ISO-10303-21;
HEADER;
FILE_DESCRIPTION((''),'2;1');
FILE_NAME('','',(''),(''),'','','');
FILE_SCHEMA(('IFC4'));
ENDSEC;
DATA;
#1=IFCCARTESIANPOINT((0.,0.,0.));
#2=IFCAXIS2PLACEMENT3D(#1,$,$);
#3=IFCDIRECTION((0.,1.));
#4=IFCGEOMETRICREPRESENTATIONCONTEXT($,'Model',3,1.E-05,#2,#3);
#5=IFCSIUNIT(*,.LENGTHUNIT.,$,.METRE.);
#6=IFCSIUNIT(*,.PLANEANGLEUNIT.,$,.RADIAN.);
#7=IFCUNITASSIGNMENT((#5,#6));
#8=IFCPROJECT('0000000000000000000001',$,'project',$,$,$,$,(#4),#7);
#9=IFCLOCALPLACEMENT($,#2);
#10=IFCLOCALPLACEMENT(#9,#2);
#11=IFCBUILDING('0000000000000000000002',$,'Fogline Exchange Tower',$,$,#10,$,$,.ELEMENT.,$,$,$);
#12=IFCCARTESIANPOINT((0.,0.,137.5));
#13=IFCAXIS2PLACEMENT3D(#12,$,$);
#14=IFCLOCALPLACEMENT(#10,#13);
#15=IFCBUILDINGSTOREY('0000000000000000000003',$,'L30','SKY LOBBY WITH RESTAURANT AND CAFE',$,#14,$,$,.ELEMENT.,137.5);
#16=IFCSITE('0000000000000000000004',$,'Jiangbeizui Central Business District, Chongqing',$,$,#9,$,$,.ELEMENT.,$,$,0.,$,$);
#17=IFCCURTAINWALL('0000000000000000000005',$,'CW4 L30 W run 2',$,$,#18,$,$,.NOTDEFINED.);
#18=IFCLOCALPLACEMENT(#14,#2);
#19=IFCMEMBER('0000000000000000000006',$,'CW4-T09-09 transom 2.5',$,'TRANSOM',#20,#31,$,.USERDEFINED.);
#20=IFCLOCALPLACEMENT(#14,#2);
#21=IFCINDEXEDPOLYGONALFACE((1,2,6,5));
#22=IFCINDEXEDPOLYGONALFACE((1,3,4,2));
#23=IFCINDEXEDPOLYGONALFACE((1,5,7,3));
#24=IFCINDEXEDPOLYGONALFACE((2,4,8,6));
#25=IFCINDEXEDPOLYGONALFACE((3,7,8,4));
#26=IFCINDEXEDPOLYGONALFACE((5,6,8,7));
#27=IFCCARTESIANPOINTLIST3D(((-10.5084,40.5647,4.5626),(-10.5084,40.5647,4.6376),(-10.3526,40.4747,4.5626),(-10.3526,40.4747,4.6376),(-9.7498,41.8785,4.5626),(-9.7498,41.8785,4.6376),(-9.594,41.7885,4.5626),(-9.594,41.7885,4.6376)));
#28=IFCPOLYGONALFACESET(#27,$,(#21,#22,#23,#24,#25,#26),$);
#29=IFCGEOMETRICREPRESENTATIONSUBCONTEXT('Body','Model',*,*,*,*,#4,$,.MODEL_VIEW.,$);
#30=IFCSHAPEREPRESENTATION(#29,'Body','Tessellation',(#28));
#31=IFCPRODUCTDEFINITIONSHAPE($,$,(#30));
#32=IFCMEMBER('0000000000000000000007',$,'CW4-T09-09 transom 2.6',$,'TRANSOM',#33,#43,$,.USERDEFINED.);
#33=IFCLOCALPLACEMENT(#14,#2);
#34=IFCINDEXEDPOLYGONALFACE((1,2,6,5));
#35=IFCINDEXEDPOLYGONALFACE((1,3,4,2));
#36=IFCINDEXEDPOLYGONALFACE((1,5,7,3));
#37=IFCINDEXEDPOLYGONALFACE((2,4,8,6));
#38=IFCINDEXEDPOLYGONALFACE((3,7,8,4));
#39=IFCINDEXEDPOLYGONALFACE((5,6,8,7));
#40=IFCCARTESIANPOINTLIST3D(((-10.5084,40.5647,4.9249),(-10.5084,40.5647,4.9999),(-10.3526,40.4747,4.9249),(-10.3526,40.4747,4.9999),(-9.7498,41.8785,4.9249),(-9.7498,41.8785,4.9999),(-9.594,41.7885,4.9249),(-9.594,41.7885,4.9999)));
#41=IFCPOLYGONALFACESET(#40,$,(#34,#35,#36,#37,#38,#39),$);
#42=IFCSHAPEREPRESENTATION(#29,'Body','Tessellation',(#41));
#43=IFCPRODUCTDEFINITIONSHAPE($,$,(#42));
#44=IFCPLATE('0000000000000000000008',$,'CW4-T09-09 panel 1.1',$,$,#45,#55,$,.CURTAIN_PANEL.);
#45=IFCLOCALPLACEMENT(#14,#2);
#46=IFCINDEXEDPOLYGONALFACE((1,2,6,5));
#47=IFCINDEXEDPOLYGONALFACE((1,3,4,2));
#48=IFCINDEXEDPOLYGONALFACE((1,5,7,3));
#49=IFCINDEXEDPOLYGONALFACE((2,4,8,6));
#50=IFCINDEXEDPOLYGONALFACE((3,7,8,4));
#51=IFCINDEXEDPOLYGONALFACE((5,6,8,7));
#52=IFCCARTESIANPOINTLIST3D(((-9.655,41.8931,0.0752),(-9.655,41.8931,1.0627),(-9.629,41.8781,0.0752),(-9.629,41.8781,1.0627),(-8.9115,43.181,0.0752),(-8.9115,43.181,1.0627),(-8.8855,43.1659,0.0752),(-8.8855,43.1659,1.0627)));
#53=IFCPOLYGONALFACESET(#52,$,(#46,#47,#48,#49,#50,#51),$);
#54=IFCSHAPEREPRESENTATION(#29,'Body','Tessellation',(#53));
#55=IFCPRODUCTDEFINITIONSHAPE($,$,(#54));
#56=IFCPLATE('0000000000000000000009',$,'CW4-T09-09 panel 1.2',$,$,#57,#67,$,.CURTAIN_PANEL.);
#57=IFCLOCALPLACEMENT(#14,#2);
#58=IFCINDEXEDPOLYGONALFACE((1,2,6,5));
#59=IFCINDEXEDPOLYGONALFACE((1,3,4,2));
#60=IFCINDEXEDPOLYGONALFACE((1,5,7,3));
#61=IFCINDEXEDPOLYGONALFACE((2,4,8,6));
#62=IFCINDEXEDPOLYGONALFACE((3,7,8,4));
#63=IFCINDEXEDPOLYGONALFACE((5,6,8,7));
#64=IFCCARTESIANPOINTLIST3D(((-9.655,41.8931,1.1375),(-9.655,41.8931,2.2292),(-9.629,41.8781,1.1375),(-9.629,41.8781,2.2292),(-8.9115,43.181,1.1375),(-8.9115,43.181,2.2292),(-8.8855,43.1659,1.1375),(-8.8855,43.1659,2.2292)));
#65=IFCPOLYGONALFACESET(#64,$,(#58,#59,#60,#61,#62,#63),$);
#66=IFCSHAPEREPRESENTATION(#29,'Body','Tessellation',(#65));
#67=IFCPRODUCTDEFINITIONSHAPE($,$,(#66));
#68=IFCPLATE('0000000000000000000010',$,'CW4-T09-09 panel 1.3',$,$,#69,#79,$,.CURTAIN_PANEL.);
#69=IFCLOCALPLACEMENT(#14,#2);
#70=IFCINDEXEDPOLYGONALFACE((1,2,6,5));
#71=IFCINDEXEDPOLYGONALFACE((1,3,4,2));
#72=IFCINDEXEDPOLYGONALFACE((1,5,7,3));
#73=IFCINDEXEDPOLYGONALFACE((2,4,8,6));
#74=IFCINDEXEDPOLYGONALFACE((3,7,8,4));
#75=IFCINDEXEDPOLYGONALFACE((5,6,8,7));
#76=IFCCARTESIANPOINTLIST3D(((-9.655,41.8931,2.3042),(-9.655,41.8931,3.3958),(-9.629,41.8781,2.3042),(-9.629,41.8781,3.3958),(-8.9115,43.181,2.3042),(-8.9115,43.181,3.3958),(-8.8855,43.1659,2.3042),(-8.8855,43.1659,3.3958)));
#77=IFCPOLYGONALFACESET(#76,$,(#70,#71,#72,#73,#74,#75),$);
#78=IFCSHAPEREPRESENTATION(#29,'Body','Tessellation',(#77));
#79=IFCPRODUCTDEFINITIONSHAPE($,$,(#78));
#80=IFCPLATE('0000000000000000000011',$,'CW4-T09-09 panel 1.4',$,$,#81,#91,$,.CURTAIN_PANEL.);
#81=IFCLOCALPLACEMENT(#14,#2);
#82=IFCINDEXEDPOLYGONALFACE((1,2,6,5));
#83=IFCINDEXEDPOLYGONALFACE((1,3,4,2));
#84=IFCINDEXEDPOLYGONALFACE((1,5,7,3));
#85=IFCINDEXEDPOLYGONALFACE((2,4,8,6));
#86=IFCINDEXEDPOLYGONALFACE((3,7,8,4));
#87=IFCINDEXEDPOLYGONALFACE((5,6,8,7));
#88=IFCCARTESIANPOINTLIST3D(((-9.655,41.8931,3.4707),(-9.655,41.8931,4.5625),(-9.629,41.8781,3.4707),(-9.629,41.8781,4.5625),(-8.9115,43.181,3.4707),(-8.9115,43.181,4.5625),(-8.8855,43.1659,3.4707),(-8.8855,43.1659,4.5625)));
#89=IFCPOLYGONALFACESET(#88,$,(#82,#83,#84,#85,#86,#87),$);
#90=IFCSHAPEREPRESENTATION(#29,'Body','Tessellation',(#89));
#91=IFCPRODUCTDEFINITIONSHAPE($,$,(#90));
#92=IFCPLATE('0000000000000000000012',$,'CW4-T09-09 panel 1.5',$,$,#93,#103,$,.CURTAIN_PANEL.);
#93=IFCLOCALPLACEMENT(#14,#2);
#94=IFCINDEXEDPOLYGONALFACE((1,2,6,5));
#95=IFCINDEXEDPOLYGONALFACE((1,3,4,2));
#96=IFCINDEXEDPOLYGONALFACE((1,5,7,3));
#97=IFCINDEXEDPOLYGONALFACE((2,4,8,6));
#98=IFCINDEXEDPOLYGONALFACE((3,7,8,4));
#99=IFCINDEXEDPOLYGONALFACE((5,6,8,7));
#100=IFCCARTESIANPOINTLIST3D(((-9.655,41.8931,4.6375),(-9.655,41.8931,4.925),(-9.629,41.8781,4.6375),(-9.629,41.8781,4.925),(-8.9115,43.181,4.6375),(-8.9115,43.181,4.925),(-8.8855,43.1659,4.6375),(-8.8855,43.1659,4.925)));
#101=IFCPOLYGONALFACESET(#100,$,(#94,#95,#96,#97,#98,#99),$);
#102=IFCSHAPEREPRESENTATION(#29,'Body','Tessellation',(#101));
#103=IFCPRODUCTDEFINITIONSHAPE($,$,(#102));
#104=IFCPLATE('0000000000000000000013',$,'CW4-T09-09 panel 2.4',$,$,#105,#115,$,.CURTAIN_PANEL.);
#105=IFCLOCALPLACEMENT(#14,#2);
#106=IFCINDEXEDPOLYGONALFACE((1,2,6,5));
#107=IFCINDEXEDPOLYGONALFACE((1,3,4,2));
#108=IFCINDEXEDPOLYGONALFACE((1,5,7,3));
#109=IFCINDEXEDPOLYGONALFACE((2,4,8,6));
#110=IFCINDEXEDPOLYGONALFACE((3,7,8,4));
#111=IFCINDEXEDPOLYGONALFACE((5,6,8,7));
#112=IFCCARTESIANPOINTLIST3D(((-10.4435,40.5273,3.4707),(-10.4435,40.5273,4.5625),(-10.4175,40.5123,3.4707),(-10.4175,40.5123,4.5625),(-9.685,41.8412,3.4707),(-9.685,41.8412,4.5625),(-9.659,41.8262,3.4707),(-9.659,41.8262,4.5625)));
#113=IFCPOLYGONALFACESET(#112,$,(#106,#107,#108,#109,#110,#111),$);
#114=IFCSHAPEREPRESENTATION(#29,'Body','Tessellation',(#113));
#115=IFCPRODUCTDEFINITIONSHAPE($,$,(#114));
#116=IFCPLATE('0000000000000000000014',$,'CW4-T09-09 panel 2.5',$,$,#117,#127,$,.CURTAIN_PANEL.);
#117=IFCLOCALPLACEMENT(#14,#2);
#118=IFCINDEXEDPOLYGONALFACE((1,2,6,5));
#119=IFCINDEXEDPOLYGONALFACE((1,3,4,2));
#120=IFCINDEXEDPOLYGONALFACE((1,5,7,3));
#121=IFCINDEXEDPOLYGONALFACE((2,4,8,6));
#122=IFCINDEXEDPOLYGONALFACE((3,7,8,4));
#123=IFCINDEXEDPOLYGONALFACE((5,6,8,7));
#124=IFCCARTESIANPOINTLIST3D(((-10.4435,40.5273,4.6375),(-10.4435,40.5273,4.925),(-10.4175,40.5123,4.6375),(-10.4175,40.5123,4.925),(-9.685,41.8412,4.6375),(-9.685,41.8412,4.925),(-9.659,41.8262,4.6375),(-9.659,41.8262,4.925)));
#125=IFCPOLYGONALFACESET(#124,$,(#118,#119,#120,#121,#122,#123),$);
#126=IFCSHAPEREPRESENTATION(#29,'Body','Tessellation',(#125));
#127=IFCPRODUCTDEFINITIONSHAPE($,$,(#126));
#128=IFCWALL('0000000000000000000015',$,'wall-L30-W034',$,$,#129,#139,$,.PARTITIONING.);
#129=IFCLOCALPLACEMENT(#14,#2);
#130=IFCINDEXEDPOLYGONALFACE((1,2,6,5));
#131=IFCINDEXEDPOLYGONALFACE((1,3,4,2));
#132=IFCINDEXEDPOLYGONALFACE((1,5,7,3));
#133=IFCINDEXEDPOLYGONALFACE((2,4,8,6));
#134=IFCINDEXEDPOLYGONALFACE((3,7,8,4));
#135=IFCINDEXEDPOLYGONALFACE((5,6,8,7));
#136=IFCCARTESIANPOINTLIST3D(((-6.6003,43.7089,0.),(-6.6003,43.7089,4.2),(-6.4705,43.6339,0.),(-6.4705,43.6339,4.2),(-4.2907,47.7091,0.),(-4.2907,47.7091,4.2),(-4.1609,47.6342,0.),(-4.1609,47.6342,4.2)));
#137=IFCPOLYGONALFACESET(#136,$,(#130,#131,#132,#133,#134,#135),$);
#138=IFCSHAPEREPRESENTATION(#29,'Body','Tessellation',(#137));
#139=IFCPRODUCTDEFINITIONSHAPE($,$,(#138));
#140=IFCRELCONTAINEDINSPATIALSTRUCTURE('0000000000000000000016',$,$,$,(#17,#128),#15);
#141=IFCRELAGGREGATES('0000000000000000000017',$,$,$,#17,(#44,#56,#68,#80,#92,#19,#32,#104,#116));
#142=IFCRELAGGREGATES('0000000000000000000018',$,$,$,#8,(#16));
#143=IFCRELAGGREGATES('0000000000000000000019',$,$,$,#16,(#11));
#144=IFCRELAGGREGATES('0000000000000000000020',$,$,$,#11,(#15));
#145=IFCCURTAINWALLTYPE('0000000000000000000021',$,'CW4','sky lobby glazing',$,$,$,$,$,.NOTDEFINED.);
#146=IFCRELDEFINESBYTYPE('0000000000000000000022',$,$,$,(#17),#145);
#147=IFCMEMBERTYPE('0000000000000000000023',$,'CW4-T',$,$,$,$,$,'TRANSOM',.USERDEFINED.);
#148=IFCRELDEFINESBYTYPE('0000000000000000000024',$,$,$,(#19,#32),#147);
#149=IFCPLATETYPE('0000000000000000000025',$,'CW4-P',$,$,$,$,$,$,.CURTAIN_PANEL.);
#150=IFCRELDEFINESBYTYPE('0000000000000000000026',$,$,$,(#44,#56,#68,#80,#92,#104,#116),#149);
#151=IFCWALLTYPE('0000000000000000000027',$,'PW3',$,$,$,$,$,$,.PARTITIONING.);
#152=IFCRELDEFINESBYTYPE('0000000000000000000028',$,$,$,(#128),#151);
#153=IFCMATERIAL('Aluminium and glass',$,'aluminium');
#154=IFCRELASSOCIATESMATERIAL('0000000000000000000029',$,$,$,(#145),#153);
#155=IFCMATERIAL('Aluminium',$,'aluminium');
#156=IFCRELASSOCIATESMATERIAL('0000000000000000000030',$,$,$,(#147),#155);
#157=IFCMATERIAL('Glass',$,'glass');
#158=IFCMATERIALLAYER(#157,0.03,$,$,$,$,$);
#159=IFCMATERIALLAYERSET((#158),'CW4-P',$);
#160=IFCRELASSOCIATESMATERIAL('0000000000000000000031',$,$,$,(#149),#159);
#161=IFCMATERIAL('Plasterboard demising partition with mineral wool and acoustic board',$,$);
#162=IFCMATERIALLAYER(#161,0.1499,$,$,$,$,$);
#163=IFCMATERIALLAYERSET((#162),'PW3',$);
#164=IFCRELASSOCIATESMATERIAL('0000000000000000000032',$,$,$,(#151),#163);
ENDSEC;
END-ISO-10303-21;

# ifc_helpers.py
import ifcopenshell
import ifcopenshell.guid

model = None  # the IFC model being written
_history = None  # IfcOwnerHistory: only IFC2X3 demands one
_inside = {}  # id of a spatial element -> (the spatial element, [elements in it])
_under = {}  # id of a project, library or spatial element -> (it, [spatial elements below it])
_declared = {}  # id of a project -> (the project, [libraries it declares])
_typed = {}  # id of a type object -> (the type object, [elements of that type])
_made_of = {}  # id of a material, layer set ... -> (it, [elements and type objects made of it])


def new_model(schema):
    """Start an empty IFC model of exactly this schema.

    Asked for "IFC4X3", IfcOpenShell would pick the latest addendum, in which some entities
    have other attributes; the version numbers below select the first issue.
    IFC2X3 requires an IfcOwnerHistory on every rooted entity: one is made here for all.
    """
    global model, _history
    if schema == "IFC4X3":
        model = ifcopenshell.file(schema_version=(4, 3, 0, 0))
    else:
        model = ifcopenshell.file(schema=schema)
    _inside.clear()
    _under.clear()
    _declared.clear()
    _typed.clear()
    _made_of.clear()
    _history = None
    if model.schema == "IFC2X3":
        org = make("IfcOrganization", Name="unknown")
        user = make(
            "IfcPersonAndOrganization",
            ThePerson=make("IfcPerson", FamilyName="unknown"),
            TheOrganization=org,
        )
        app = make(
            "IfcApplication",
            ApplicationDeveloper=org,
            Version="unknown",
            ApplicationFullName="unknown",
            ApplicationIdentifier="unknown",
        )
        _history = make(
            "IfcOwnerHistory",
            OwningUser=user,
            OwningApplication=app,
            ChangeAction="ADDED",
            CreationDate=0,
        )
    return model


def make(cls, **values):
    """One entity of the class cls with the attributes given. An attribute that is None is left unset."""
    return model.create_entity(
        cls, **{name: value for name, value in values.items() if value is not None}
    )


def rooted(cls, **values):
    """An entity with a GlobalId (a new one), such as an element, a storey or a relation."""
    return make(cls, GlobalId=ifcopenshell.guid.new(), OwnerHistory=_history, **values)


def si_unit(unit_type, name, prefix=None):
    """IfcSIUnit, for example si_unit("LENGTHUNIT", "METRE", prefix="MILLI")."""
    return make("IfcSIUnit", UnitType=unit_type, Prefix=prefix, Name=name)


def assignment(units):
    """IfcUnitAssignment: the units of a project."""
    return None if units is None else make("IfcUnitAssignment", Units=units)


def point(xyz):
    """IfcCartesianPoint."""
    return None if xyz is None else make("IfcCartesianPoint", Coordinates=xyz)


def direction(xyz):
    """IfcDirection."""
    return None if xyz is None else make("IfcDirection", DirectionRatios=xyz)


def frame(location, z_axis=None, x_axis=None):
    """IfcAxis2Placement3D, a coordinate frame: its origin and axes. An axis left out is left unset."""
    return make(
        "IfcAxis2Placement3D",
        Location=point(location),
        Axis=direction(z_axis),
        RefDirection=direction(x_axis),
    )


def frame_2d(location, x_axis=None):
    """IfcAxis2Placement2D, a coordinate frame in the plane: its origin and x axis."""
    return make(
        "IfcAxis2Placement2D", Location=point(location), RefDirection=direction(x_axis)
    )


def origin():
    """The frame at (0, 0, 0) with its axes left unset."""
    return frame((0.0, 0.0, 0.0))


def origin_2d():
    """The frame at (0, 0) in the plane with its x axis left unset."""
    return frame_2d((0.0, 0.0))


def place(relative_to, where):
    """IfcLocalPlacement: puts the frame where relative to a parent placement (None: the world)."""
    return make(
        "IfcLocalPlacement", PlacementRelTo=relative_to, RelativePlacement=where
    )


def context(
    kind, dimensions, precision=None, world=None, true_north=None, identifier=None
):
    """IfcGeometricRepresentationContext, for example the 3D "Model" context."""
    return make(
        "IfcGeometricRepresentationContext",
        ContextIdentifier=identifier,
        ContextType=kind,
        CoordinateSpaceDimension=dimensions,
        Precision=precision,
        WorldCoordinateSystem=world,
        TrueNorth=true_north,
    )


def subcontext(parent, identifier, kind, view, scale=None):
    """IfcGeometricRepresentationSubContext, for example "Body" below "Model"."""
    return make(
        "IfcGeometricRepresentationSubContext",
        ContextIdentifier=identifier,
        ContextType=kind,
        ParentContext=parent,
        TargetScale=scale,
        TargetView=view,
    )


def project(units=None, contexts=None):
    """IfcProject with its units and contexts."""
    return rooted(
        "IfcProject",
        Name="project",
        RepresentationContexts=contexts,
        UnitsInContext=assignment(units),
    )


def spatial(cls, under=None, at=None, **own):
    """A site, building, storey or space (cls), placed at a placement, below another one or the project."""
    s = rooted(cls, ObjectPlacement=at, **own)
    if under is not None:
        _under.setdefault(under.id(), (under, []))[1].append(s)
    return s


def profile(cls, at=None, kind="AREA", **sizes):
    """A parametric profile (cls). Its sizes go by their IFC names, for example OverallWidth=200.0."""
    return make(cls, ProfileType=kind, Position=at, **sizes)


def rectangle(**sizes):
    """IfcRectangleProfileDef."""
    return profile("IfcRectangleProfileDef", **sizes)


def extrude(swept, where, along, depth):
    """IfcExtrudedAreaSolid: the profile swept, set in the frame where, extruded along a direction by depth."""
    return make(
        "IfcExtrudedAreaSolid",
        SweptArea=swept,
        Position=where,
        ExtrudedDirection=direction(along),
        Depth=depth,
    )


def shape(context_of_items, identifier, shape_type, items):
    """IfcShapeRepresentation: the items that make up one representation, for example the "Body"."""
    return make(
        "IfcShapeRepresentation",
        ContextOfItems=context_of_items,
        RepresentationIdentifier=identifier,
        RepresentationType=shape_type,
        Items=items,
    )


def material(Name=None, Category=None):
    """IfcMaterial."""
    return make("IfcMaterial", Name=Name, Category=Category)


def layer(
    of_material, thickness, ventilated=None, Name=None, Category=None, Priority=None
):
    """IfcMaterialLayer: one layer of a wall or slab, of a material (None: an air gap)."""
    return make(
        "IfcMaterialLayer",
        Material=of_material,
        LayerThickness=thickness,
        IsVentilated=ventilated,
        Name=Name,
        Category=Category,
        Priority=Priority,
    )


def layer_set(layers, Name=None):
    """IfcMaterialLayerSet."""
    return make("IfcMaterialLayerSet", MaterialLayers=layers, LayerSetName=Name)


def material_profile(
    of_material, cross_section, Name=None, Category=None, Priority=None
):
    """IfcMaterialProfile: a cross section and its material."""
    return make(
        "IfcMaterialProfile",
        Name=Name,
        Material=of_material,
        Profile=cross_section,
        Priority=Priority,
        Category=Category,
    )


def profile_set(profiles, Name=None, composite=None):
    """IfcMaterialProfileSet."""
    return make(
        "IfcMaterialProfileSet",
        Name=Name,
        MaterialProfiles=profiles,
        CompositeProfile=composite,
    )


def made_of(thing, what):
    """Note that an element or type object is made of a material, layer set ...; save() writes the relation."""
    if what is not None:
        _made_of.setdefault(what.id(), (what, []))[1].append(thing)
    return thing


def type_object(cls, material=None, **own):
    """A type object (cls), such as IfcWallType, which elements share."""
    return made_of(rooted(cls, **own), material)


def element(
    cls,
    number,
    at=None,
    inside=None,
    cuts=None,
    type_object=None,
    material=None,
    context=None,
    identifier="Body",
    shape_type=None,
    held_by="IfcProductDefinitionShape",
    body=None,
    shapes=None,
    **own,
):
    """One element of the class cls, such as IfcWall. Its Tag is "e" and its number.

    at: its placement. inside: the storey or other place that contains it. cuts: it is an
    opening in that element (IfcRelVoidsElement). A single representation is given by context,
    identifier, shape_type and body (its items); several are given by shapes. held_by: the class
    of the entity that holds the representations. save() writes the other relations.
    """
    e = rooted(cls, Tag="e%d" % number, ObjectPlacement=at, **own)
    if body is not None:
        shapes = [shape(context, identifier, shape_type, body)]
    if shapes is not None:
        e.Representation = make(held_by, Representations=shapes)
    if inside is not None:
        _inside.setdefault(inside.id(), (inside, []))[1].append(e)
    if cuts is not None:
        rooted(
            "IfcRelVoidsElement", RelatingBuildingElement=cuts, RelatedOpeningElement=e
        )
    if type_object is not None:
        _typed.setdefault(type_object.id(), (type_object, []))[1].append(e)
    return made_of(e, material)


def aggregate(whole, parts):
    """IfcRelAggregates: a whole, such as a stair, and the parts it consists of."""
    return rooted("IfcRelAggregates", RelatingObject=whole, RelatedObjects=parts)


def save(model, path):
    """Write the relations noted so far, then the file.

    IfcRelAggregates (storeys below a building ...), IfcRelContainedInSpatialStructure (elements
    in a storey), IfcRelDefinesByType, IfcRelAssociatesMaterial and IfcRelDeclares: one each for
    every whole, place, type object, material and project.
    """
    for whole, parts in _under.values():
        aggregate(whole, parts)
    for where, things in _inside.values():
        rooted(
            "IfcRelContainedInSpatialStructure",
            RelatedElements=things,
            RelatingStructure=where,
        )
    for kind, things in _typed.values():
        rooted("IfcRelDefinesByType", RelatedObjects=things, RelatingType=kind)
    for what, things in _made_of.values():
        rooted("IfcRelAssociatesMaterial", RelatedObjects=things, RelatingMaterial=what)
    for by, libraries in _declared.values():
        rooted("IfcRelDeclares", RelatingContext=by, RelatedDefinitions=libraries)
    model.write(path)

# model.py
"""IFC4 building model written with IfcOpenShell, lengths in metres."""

from ifc_helpers import new_model, si_unit, direction, frame, frame_2d, origin, origin_2d, place, context, subcontext, project, spatial, rectangle, extrude, material, layer, layer_set, material_profile, profile_set, type_object, element, aggregate, save


model = new_model("IFC4")

# Units and contexts
model_context = context("Model", 3, precision=1e-05, world=origin(), true_north=direction((0.0, 1.0)))
body_context = subcontext(model_context, "Body", "Model", "MODEL_VIEW")
ifc_project = project(units=[si_unit("LENGTHUNIT", "METRE"), si_unit("PLANEANGLEUNIT", "RADIAN")], contexts=[model_context])

# Site, building, storey
site_placement = place(None, origin())
site = spatial("IfcSite", under=ifc_project, at=site_placement, Name="Jiangbeizui Central Business District, Chongqing", CompositionType="ELEMENT", RefElevation=0.0)
building_placement = place(site_placement, origin())
building = spatial("IfcBuilding", under=site, at=building_placement, Name="Fogline Exchange Tower", CompositionType="ELEMENT")
storey_placement = place(building_placement, frame((0.0, 0.0, 137.5)))
storey = spatial("IfcBuildingStorey", under=building, at=storey_placement, Name="L30", Description="SKY LOBBY WITH RESTAURANT AND CAFE", CompositionType="ELEMENT", Elevation=137.5)

# Curtain wall, members, plates
ifc_material_1 = material(Name="Aluminium and glass", Category="aluminium")
curtain_wall_type = type_object("IfcCurtainWallType", Name="CW4", Description="sky lobby glazing", PredefinedType="NOTDEFINED", material=ifc_material_1)
curtain_wall_placement = place(storey_placement, origin())
curtain_wall = element("IfcCurtainWall", 1, at=curtain_wall_placement, inside=storey, type_object=curtain_wall_type, Name="CW4 L30 W run 2", PredefinedType="NOTDEFINED")
ifc_material_2 = material(Name="Aluminium", Category="aluminium")
ifc_material_profile_1 = material_profile(ifc_material_2, rectangle(XDim=0.1799, YDim=0.075, at=origin_2d()), Name="Transom 75x180")
ifc_profile_set_1 = profile_set([ifc_material_profile_1], Name="Aluminium")
member_type_1 = type_object("IfcMemberType", Name="CW4-T", ElementType="TRANSOM", PredefinedType="USERDEFINED", material=ifc_profile_set_1)
member_1_placement = place(storey_placement, frame((-9.6719, 41.8335, 4.6001), z_axis=(-0.500034, -0.866006, 0.0), x_axis=(0.866006, -0.500034, 0.0)))
member_1 = element("IfcMember", 2, at=member_1_placement, type_object=member_type_1, Name="CW4-T09-09 transom 2.5", ObjectType="TRANSOM", PredefinedType="USERDEFINED", context=body_context, shape_type="SweptSolid", body=[
    extrude(rectangle(XDim=0.1799, YDim=0.075, at=origin_2d()), origin(), (0.0, 0.0, 1.0), 1.5171),
])
member_2_placement = place(storey_placement, frame((-9.6719, 41.8335, 4.9624), z_axis=(-0.500034, -0.866006, 0.0), x_axis=(0.866006, -0.500034, 0.0)))
member_2 = element("IfcMember", 3, at=member_2_placement, type_object=member_type_1, Name="CW4-T09-09 transom 2.6", ObjectType="TRANSOM", PredefinedType="USERDEFINED", context=body_context, shape_type="SweptSolid", body=[
    extrude(rectangle(XDim=0.1799, YDim=0.075, at=origin_2d()), origin(), (0.0, 0.0, 1.0), 1.5171),
])
ifc_material_3 = material(Name="Glass", Category="glass")
ifc_layer_1 = layer(ifc_material_3, 0.03)
ifc_layer_set_1 = layer_set([ifc_layer_1], Name="CW4-P")
plate_type = type_object("IfcPlateType", Name="CW4-P", PredefinedType="CURTAIN_PANEL", material=ifc_layer_set_1)
plate_1_placement = place(storey_placement, frame((-9.2703, 42.5295, 0.0752), z_axis=(0.0, 0.0, 1.0), x_axis=(-0.5, -0.866025, 0.0)))
plate_1 = element("IfcPlate", 4, at=plate_1_placement, type_object=plate_type, Name="CW4-T09-09 panel 1.1", PredefinedType="CURTAIN_PANEL", context=body_context, shape_type="SweptSolid", body=[
    extrude(rectangle(XDim=1.4871, YDim=0.03, at=origin_2d()), origin(), (0.0, 0.0, 1.0), 0.9875),
])
plate_2_placement = place(storey_placement, frame((-9.2703, 42.5295, 1.1375), z_axis=(0.0, 0.0, 1.0), x_axis=(-0.5, -0.866025, 0.0)))
plate_2 = element("IfcPlate", 5, at=plate_2_placement, type_object=plate_type, Name="CW4-T09-09 panel 1.2", PredefinedType="CURTAIN_PANEL", context=body_context, shape_type="SweptSolid", body=[
    extrude(rectangle(XDim=1.4871, YDim=0.03, at=origin_2d()), origin(), (0.0, 0.0, 1.0), 1.0918),
])
plate_3_placement = place(storey_placement, frame((-9.2703, 42.5295, 2.3042), z_axis=(0.0, 0.0, 1.0), x_axis=(-0.5, -0.866025, 0.0)))
plate_3 = element("IfcPlate", 6, at=plate_3_placement, type_object=plate_type, Name="CW4-T09-09 panel 1.3", PredefinedType="CURTAIN_PANEL", context=body_context, shape_type="SweptSolid", body=[
    extrude(rectangle(XDim=1.4871, YDim=0.03, at=origin_2d()), origin(), (0.0, 0.0, 1.0), 1.0916),
])
plate_4_placement = place(storey_placement, frame((-9.2703, 42.5295, 3.4707), z_axis=(0.0, 0.0, 1.0), x_axis=(-0.5, -0.866025, 0.0)))
plate_4 = element("IfcPlate", 7, at=plate_4_placement, type_object=plate_type, Name="CW4-T09-09 panel 1.4", PredefinedType="CURTAIN_PANEL", context=body_context, shape_type="SweptSolid", body=[
    extrude(rectangle(XDim=1.4871, YDim=0.03, at=origin_2d()), origin(), (0.0, 0.0, 1.0), 1.0918),
])
plate_5_placement = place(storey_placement, frame((-9.2703, 42.5295, 4.6375), z_axis=(0.0, 0.0, 1.0), x_axis=(-0.5, -0.866025, 0.0)))
plate_5 = element("IfcPlate", 8, at=plate_5_placement, type_object=plate_type, Name="CW4-T09-09 panel 1.5", PredefinedType="CURTAIN_PANEL", context=body_context, shape_type="SweptSolid", body=[
    extrude(rectangle(XDim=1.4871, YDim=0.03, at=origin_2d()), origin(), (0.0, 0.0, 1.0), 0.2876),
])
plate_6_placement = place(storey_placement, frame((-10.0513, 41.1768, 3.4707), z_axis=(0.0, 0.0, 1.0), x_axis=(-0.5, -0.866025, 0.0)))
plate_6 = element("IfcPlate", 9, at=plate_6_placement, type_object=plate_type, Name="CW4-T09-09 panel 2.4", PredefinedType="CURTAIN_PANEL", context=body_context, shape_type="SweptSolid", body=[
    extrude(rectangle(XDim=1.5171, YDim=0.03, at=origin_2d()), origin(), (0.0, 0.0, 1.0), 1.0918),
])
plate_7_placement = place(storey_placement, frame((-10.0513, 41.1768, 4.6375), z_axis=(0.0, 0.0, 1.0), x_axis=(-0.5, -0.866025, 0.0)))
plate_7 = element("IfcPlate", 10, at=plate_7_placement, type_object=plate_type, Name="CW4-T09-09 panel 2.5", PredefinedType="CURTAIN_PANEL", context=body_context, shape_type="SweptSolid", body=[
    extrude(rectangle(XDim=1.5171, YDim=0.03, at=origin_2d()), origin(), (0.0, 0.0, 1.0), 0.2876),
])
aggregate(curtain_wall, [plate_1, plate_2, plate_3, plate_4, plate_5, member_1, member_2, plate_6, plate_7])

# Wall
ifc_material_4 = material(Name="Plasterboard demising partition with mineral wool and acoustic board")
ifc_layer_2 = layer(ifc_material_4, 0.1499)
ifc_layer_set_2 = layer_set([ifc_layer_2], Name="PW3")
wall_type = type_object("IfcWallType", Name="PW3", PredefinedType="PARTITIONING", material=ifc_layer_set_2)
wall_placement = place(storey_placement, frame((-6.5354, 43.6714, 0.0), z_axis=(0.0, 0.0, 1.0), x_axis=(0.500005, 0.866023, 0.0)))
element("IfcWall", 11, at=wall_placement, inside=storey, type_object=wall_type, Name="wall-L30-W034", PredefinedType="PARTITIONING", context=body_context, shape_type="SweptSolid", body=[
    extrude(rectangle(XDim=4.6191, YDim=0.1499, at=frame_2d((2.3096, 0.0))), origin(), (0.0, 0.0, 1.0), 4.2),
])

save(model, "model.ifc")
